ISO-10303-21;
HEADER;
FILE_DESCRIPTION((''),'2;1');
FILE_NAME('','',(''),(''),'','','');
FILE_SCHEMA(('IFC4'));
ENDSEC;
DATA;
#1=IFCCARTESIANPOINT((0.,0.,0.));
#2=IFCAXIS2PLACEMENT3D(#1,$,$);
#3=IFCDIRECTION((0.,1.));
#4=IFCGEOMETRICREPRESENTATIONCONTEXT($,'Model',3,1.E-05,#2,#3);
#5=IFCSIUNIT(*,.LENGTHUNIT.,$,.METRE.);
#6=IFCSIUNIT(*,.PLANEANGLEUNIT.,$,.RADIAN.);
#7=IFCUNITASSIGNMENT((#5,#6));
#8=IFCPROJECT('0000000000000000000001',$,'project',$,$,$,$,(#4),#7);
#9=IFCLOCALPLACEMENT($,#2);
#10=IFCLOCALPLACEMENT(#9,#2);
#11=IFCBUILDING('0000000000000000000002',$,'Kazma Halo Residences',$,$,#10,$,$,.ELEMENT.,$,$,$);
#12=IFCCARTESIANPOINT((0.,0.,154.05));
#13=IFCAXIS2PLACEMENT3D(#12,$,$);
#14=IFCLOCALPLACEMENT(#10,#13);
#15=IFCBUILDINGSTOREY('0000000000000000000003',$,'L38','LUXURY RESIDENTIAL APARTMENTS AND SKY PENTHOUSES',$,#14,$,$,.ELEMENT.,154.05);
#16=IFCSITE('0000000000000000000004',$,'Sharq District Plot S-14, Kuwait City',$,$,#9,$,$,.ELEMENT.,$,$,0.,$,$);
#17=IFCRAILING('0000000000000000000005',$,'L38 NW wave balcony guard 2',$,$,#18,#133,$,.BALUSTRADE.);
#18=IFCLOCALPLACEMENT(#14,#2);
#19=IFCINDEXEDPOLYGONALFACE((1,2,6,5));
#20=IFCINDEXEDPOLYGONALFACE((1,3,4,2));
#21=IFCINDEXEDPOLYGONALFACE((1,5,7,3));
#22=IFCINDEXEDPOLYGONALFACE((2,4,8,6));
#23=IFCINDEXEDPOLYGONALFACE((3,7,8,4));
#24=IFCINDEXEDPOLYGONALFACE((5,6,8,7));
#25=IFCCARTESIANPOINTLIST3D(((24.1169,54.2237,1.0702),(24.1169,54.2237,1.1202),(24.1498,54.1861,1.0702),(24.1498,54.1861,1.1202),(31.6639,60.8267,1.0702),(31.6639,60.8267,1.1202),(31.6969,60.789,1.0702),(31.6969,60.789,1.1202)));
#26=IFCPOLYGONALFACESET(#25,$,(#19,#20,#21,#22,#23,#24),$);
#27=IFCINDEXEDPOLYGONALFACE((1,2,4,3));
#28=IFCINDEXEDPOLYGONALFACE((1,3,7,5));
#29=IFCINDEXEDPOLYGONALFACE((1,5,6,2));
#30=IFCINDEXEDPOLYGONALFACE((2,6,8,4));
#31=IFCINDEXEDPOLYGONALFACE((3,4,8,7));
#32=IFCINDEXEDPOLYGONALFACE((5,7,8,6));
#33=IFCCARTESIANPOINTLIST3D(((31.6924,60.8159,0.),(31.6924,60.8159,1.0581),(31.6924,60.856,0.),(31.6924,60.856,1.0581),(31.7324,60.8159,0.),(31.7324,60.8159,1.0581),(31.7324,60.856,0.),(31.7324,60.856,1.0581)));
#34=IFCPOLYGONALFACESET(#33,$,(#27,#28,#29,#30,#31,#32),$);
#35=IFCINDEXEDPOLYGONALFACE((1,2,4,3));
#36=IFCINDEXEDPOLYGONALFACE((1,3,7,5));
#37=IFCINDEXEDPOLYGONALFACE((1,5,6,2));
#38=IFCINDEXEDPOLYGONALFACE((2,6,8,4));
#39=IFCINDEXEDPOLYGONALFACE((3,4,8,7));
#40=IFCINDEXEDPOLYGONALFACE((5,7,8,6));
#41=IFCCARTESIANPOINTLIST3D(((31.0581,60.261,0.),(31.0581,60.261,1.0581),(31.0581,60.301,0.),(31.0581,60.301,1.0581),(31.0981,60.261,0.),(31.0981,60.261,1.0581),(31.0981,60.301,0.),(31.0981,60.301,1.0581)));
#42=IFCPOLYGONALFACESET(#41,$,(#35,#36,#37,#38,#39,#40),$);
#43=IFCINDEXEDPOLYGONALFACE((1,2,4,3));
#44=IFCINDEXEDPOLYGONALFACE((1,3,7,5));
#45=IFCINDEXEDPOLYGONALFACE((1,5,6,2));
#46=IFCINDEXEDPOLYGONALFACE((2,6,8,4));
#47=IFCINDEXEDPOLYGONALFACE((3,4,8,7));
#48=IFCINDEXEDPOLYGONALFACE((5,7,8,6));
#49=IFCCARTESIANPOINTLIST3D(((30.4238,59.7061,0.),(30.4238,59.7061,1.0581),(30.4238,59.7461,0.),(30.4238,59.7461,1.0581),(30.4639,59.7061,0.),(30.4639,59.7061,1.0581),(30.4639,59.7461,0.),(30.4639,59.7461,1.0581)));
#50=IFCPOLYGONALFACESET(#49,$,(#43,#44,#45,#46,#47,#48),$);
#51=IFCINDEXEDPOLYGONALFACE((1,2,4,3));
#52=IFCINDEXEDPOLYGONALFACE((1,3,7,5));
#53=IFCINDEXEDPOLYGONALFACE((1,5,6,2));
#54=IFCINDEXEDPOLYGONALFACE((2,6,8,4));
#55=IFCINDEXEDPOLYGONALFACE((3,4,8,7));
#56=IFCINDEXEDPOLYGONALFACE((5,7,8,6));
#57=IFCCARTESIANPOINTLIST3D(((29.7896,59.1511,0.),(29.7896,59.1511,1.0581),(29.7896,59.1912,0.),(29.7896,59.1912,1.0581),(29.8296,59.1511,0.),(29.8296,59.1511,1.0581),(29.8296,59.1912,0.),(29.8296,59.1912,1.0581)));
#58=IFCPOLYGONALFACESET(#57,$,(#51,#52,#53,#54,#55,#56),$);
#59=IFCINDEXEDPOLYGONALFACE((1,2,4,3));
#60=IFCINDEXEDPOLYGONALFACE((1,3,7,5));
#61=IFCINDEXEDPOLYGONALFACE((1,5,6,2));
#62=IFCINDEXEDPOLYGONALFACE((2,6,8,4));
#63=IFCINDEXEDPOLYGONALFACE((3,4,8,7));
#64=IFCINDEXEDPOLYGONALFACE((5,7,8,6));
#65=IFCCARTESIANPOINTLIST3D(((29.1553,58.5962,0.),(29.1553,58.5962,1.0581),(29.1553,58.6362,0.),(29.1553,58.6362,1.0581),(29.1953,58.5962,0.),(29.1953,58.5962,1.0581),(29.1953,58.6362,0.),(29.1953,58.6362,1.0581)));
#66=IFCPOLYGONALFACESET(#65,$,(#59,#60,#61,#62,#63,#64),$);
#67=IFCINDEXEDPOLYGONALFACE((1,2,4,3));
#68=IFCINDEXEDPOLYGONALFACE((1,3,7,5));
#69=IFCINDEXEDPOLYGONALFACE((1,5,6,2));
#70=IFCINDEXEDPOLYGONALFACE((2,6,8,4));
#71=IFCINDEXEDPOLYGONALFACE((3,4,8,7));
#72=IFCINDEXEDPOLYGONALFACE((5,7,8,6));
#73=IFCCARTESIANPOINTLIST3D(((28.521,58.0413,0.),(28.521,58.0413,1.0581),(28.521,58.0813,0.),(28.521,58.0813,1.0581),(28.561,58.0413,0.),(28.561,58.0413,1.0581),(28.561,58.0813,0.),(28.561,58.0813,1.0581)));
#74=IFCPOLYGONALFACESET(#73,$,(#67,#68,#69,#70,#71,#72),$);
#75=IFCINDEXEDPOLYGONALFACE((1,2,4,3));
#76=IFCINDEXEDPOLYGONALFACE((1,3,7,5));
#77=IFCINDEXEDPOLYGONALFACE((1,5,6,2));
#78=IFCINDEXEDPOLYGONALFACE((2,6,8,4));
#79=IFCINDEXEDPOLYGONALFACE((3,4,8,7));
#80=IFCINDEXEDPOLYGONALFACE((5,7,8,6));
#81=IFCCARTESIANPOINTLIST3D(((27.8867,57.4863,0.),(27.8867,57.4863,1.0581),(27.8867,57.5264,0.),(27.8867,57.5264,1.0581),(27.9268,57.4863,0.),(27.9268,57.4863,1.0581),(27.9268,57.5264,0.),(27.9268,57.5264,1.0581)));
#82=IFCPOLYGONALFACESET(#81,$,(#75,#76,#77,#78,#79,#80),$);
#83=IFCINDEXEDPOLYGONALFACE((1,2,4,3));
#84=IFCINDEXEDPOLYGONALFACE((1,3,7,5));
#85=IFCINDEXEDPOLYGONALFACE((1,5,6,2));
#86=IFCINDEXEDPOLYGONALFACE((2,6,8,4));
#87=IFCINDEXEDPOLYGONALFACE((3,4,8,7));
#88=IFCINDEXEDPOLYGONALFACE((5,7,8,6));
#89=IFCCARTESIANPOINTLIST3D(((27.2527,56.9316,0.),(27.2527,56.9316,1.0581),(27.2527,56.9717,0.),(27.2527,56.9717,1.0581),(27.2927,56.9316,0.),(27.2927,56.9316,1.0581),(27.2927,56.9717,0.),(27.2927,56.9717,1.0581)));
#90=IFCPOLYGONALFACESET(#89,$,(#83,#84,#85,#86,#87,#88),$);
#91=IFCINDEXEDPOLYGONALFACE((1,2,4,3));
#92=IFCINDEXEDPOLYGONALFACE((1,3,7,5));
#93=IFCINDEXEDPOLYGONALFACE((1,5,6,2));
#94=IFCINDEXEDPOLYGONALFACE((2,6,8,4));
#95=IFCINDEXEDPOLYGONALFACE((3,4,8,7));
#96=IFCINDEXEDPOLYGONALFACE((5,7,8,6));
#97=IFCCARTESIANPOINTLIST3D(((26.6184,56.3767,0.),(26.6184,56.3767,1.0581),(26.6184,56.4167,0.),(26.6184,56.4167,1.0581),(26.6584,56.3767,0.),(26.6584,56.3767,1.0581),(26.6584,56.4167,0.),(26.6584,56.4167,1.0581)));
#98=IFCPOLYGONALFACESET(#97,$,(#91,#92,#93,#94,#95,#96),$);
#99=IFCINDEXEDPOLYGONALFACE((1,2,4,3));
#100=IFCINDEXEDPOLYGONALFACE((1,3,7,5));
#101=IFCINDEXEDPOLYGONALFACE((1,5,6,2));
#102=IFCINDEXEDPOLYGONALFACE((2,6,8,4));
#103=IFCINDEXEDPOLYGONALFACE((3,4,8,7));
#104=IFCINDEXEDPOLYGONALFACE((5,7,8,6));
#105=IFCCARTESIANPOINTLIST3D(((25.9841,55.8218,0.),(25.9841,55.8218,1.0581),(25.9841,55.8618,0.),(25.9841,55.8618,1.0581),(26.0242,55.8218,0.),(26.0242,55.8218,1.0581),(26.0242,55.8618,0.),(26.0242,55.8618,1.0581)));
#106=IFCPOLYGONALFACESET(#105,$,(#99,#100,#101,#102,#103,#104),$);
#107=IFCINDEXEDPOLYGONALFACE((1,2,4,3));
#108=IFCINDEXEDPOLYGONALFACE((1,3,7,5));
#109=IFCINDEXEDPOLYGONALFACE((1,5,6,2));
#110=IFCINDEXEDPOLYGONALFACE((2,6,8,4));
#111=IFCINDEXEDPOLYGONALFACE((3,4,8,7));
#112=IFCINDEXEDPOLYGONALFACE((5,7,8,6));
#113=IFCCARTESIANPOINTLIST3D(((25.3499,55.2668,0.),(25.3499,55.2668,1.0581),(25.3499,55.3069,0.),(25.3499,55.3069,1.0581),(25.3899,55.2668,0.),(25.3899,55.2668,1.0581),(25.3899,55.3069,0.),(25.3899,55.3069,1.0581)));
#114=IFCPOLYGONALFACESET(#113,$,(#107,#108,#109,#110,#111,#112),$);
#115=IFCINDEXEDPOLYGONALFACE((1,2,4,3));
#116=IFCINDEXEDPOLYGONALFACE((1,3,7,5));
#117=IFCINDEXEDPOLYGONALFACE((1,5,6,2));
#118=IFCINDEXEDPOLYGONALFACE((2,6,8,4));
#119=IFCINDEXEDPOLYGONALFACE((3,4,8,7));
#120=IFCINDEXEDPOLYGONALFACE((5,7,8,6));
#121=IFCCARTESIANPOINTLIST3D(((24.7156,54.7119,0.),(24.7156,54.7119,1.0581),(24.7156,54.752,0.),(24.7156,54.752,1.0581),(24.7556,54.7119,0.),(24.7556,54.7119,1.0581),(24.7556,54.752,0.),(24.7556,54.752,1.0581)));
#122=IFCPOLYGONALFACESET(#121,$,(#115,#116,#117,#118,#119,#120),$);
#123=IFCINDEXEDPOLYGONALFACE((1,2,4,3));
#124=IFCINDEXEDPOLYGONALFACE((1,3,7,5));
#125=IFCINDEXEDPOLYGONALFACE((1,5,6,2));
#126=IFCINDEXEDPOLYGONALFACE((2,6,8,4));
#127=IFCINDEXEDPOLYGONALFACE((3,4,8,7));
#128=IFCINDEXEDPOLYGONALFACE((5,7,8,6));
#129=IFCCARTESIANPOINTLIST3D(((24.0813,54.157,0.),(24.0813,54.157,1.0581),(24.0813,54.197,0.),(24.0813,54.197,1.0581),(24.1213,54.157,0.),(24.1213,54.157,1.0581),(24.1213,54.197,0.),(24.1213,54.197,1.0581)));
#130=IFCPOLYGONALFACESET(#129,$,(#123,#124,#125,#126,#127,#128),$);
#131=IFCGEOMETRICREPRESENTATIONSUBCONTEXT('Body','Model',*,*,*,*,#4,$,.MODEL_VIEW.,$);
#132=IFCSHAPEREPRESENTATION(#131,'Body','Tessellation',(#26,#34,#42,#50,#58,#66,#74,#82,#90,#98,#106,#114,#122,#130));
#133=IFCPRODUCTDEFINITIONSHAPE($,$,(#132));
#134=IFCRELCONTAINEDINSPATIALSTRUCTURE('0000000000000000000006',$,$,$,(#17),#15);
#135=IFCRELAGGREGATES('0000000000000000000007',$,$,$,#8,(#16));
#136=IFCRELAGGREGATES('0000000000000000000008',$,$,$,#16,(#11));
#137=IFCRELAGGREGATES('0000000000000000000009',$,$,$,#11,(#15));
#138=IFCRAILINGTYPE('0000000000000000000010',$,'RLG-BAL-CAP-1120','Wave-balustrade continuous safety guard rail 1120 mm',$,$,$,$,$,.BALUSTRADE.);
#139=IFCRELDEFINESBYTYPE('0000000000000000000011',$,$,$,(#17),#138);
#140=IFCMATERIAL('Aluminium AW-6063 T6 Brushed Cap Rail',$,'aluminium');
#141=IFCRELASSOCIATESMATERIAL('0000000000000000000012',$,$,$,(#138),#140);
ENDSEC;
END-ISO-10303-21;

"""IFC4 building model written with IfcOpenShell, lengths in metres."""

from ifc_helpers import new_model, si_unit, direction, frame, origin, origin_2d, place, context, subcontext, project, spatial, rectangle, extrude, material, type_object, element, save


model = new_model("IFC4")

# Units and contexts
model_context = context("Model", 3, precision=1e-05, world=origin(), true_north=direction((0.0, 1.0)))
body_context = subcontext(model_context, "Body", "Model", "MODEL_VIEW")
ifc_project = project(units=[si_unit("LENGTHUNIT", "METRE"), si_unit("PLANEANGLEUNIT", "RADIAN")], contexts=[model_context])

# Site, building, storey
site_placement = place(None, origin())
site = spatial("IfcSite", under=ifc_project, at=site_placement, Name="Sharq District Plot S-14, Kuwait City", CompositionType="ELEMENT", RefElevation=0.0)
building_placement = place(site_placement, origin())
building = spatial("IfcBuilding", under=site, at=building_placement, Name="Kazma Halo Residences", CompositionType="ELEMENT")
storey_placement = place(building_placement, frame((0.0, 0.0, 154.05)))
storey = spatial("IfcBuildingStorey", under=building, at=storey_placement, Name="L38", Description="LUXURY RESIDENTIAL APARTMENTS AND SKY PENTHOUSES", CompositionType="ELEMENT", Elevation=154.05)

# Railing
ifc_material_1 = material(Name="Aluminium AW-6063 T6 Brushed Cap Rail", Category="aluminium")
railing_type = type_object("IfcRailingType", Name="RLG-BAL-CAP-1120", Description="Wave-balustrade continuous safety guard rail 1120 mm", PredefinedType="BALUSTRADE", material=ifc_material_1)
railing_1_placement = place(storey_placement, frame((31.7124, 60.8359, 0.0)))
element("IfcRailing", 1, at=railing_1_placement, inside=storey, type_object=railing_type, Name="L38 NW wave balcony guard 2", PredefinedType="BALUSTRADE", context=body_context, shape_type="SweptSolid", body=[
    extrude(rectangle(XDim=0.05, YDim=0.05, at=origin_2d()), frame((-0.032, -0.0281, 1.0952), z_axis=(-0.752614, -0.658462, 0.0), x_axis=(0.658462, -0.752614, 0.0)), (0.0, 0.0, 1.0), 10.0278),
    extrude(rectangle(XDim=0.04, YDim=0.04, at=origin_2d()), origin(), (0.0, 0.0, 1.0), 1.0581),
    extrude(rectangle(XDim=0.04, YDim=0.04, at=origin_2d()), frame((-0.6343, -0.5549, 0.0)), (0.0, 0.0, 1.0), 1.0581),
    extrude(rectangle(XDim=0.04, YDim=0.04, at=origin_2d()), frame((-1.2686, -1.1099, 0.0)), (0.0, 0.0, 1.0), 1.0581),
    extrude(rectangle(XDim=0.04, YDim=0.04, at=origin_2d()), frame((-1.9028, -1.6648, 0.0)), (0.0, 0.0, 1.0), 1.0581),
    extrude(rectangle(XDim=0.04, YDim=0.04, at=origin_2d()), frame((-2.5371, -2.2197, 0.0)), (0.0, 0.0, 1.0), 1.0581),
    extrude(rectangle(XDim=0.04, YDim=0.04, at=origin_2d()), frame((-3.1714, -2.7747, 0.0)), (0.0, 0.0, 1.0), 1.0581),
    extrude(rectangle(XDim=0.04, YDim=0.04, at=origin_2d()), frame((-3.8057, -3.3296, 0.0)), (0.0, 0.0, 1.0), 1.0581),
    extrude(rectangle(XDim=0.04, YDim=0.04, at=origin_2d()), frame((-4.4397, -3.8843, 0.0)), (0.0, 0.0, 1.0), 1.0581),
    extrude(rectangle(XDim=0.04, YDim=0.04, at=origin_2d()), frame((-5.074, -4.4392, 0.0)), (0.0, 0.0, 1.0), 1.0581),
    extrude(rectangle(XDim=0.04, YDim=0.04, at=origin_2d()), frame((-5.7083, -4.9941, 0.0)), (0.0, 0.0, 1.0), 1.0581),
    extrude(rectangle(XDim=0.04, YDim=0.04, at=origin_2d()), frame((-6.3425, -5.5491, 0.0)), (0.0, 0.0, 1.0), 1.0581),
    extrude(rectangle(XDim=0.04, YDim=0.04, at=origin_2d()), frame((-6.9768, -6.104, 0.0)), (0.0, 0.0, 1.0), 1.0581),
    extrude(rectangle(XDim=0.04, YDim=0.04, at=origin_2d()), frame((-7.6111, -6.6589, 0.0)), (0.0, 0.0, 1.0), 1.0581),
])

save(model, "model.ifc")
